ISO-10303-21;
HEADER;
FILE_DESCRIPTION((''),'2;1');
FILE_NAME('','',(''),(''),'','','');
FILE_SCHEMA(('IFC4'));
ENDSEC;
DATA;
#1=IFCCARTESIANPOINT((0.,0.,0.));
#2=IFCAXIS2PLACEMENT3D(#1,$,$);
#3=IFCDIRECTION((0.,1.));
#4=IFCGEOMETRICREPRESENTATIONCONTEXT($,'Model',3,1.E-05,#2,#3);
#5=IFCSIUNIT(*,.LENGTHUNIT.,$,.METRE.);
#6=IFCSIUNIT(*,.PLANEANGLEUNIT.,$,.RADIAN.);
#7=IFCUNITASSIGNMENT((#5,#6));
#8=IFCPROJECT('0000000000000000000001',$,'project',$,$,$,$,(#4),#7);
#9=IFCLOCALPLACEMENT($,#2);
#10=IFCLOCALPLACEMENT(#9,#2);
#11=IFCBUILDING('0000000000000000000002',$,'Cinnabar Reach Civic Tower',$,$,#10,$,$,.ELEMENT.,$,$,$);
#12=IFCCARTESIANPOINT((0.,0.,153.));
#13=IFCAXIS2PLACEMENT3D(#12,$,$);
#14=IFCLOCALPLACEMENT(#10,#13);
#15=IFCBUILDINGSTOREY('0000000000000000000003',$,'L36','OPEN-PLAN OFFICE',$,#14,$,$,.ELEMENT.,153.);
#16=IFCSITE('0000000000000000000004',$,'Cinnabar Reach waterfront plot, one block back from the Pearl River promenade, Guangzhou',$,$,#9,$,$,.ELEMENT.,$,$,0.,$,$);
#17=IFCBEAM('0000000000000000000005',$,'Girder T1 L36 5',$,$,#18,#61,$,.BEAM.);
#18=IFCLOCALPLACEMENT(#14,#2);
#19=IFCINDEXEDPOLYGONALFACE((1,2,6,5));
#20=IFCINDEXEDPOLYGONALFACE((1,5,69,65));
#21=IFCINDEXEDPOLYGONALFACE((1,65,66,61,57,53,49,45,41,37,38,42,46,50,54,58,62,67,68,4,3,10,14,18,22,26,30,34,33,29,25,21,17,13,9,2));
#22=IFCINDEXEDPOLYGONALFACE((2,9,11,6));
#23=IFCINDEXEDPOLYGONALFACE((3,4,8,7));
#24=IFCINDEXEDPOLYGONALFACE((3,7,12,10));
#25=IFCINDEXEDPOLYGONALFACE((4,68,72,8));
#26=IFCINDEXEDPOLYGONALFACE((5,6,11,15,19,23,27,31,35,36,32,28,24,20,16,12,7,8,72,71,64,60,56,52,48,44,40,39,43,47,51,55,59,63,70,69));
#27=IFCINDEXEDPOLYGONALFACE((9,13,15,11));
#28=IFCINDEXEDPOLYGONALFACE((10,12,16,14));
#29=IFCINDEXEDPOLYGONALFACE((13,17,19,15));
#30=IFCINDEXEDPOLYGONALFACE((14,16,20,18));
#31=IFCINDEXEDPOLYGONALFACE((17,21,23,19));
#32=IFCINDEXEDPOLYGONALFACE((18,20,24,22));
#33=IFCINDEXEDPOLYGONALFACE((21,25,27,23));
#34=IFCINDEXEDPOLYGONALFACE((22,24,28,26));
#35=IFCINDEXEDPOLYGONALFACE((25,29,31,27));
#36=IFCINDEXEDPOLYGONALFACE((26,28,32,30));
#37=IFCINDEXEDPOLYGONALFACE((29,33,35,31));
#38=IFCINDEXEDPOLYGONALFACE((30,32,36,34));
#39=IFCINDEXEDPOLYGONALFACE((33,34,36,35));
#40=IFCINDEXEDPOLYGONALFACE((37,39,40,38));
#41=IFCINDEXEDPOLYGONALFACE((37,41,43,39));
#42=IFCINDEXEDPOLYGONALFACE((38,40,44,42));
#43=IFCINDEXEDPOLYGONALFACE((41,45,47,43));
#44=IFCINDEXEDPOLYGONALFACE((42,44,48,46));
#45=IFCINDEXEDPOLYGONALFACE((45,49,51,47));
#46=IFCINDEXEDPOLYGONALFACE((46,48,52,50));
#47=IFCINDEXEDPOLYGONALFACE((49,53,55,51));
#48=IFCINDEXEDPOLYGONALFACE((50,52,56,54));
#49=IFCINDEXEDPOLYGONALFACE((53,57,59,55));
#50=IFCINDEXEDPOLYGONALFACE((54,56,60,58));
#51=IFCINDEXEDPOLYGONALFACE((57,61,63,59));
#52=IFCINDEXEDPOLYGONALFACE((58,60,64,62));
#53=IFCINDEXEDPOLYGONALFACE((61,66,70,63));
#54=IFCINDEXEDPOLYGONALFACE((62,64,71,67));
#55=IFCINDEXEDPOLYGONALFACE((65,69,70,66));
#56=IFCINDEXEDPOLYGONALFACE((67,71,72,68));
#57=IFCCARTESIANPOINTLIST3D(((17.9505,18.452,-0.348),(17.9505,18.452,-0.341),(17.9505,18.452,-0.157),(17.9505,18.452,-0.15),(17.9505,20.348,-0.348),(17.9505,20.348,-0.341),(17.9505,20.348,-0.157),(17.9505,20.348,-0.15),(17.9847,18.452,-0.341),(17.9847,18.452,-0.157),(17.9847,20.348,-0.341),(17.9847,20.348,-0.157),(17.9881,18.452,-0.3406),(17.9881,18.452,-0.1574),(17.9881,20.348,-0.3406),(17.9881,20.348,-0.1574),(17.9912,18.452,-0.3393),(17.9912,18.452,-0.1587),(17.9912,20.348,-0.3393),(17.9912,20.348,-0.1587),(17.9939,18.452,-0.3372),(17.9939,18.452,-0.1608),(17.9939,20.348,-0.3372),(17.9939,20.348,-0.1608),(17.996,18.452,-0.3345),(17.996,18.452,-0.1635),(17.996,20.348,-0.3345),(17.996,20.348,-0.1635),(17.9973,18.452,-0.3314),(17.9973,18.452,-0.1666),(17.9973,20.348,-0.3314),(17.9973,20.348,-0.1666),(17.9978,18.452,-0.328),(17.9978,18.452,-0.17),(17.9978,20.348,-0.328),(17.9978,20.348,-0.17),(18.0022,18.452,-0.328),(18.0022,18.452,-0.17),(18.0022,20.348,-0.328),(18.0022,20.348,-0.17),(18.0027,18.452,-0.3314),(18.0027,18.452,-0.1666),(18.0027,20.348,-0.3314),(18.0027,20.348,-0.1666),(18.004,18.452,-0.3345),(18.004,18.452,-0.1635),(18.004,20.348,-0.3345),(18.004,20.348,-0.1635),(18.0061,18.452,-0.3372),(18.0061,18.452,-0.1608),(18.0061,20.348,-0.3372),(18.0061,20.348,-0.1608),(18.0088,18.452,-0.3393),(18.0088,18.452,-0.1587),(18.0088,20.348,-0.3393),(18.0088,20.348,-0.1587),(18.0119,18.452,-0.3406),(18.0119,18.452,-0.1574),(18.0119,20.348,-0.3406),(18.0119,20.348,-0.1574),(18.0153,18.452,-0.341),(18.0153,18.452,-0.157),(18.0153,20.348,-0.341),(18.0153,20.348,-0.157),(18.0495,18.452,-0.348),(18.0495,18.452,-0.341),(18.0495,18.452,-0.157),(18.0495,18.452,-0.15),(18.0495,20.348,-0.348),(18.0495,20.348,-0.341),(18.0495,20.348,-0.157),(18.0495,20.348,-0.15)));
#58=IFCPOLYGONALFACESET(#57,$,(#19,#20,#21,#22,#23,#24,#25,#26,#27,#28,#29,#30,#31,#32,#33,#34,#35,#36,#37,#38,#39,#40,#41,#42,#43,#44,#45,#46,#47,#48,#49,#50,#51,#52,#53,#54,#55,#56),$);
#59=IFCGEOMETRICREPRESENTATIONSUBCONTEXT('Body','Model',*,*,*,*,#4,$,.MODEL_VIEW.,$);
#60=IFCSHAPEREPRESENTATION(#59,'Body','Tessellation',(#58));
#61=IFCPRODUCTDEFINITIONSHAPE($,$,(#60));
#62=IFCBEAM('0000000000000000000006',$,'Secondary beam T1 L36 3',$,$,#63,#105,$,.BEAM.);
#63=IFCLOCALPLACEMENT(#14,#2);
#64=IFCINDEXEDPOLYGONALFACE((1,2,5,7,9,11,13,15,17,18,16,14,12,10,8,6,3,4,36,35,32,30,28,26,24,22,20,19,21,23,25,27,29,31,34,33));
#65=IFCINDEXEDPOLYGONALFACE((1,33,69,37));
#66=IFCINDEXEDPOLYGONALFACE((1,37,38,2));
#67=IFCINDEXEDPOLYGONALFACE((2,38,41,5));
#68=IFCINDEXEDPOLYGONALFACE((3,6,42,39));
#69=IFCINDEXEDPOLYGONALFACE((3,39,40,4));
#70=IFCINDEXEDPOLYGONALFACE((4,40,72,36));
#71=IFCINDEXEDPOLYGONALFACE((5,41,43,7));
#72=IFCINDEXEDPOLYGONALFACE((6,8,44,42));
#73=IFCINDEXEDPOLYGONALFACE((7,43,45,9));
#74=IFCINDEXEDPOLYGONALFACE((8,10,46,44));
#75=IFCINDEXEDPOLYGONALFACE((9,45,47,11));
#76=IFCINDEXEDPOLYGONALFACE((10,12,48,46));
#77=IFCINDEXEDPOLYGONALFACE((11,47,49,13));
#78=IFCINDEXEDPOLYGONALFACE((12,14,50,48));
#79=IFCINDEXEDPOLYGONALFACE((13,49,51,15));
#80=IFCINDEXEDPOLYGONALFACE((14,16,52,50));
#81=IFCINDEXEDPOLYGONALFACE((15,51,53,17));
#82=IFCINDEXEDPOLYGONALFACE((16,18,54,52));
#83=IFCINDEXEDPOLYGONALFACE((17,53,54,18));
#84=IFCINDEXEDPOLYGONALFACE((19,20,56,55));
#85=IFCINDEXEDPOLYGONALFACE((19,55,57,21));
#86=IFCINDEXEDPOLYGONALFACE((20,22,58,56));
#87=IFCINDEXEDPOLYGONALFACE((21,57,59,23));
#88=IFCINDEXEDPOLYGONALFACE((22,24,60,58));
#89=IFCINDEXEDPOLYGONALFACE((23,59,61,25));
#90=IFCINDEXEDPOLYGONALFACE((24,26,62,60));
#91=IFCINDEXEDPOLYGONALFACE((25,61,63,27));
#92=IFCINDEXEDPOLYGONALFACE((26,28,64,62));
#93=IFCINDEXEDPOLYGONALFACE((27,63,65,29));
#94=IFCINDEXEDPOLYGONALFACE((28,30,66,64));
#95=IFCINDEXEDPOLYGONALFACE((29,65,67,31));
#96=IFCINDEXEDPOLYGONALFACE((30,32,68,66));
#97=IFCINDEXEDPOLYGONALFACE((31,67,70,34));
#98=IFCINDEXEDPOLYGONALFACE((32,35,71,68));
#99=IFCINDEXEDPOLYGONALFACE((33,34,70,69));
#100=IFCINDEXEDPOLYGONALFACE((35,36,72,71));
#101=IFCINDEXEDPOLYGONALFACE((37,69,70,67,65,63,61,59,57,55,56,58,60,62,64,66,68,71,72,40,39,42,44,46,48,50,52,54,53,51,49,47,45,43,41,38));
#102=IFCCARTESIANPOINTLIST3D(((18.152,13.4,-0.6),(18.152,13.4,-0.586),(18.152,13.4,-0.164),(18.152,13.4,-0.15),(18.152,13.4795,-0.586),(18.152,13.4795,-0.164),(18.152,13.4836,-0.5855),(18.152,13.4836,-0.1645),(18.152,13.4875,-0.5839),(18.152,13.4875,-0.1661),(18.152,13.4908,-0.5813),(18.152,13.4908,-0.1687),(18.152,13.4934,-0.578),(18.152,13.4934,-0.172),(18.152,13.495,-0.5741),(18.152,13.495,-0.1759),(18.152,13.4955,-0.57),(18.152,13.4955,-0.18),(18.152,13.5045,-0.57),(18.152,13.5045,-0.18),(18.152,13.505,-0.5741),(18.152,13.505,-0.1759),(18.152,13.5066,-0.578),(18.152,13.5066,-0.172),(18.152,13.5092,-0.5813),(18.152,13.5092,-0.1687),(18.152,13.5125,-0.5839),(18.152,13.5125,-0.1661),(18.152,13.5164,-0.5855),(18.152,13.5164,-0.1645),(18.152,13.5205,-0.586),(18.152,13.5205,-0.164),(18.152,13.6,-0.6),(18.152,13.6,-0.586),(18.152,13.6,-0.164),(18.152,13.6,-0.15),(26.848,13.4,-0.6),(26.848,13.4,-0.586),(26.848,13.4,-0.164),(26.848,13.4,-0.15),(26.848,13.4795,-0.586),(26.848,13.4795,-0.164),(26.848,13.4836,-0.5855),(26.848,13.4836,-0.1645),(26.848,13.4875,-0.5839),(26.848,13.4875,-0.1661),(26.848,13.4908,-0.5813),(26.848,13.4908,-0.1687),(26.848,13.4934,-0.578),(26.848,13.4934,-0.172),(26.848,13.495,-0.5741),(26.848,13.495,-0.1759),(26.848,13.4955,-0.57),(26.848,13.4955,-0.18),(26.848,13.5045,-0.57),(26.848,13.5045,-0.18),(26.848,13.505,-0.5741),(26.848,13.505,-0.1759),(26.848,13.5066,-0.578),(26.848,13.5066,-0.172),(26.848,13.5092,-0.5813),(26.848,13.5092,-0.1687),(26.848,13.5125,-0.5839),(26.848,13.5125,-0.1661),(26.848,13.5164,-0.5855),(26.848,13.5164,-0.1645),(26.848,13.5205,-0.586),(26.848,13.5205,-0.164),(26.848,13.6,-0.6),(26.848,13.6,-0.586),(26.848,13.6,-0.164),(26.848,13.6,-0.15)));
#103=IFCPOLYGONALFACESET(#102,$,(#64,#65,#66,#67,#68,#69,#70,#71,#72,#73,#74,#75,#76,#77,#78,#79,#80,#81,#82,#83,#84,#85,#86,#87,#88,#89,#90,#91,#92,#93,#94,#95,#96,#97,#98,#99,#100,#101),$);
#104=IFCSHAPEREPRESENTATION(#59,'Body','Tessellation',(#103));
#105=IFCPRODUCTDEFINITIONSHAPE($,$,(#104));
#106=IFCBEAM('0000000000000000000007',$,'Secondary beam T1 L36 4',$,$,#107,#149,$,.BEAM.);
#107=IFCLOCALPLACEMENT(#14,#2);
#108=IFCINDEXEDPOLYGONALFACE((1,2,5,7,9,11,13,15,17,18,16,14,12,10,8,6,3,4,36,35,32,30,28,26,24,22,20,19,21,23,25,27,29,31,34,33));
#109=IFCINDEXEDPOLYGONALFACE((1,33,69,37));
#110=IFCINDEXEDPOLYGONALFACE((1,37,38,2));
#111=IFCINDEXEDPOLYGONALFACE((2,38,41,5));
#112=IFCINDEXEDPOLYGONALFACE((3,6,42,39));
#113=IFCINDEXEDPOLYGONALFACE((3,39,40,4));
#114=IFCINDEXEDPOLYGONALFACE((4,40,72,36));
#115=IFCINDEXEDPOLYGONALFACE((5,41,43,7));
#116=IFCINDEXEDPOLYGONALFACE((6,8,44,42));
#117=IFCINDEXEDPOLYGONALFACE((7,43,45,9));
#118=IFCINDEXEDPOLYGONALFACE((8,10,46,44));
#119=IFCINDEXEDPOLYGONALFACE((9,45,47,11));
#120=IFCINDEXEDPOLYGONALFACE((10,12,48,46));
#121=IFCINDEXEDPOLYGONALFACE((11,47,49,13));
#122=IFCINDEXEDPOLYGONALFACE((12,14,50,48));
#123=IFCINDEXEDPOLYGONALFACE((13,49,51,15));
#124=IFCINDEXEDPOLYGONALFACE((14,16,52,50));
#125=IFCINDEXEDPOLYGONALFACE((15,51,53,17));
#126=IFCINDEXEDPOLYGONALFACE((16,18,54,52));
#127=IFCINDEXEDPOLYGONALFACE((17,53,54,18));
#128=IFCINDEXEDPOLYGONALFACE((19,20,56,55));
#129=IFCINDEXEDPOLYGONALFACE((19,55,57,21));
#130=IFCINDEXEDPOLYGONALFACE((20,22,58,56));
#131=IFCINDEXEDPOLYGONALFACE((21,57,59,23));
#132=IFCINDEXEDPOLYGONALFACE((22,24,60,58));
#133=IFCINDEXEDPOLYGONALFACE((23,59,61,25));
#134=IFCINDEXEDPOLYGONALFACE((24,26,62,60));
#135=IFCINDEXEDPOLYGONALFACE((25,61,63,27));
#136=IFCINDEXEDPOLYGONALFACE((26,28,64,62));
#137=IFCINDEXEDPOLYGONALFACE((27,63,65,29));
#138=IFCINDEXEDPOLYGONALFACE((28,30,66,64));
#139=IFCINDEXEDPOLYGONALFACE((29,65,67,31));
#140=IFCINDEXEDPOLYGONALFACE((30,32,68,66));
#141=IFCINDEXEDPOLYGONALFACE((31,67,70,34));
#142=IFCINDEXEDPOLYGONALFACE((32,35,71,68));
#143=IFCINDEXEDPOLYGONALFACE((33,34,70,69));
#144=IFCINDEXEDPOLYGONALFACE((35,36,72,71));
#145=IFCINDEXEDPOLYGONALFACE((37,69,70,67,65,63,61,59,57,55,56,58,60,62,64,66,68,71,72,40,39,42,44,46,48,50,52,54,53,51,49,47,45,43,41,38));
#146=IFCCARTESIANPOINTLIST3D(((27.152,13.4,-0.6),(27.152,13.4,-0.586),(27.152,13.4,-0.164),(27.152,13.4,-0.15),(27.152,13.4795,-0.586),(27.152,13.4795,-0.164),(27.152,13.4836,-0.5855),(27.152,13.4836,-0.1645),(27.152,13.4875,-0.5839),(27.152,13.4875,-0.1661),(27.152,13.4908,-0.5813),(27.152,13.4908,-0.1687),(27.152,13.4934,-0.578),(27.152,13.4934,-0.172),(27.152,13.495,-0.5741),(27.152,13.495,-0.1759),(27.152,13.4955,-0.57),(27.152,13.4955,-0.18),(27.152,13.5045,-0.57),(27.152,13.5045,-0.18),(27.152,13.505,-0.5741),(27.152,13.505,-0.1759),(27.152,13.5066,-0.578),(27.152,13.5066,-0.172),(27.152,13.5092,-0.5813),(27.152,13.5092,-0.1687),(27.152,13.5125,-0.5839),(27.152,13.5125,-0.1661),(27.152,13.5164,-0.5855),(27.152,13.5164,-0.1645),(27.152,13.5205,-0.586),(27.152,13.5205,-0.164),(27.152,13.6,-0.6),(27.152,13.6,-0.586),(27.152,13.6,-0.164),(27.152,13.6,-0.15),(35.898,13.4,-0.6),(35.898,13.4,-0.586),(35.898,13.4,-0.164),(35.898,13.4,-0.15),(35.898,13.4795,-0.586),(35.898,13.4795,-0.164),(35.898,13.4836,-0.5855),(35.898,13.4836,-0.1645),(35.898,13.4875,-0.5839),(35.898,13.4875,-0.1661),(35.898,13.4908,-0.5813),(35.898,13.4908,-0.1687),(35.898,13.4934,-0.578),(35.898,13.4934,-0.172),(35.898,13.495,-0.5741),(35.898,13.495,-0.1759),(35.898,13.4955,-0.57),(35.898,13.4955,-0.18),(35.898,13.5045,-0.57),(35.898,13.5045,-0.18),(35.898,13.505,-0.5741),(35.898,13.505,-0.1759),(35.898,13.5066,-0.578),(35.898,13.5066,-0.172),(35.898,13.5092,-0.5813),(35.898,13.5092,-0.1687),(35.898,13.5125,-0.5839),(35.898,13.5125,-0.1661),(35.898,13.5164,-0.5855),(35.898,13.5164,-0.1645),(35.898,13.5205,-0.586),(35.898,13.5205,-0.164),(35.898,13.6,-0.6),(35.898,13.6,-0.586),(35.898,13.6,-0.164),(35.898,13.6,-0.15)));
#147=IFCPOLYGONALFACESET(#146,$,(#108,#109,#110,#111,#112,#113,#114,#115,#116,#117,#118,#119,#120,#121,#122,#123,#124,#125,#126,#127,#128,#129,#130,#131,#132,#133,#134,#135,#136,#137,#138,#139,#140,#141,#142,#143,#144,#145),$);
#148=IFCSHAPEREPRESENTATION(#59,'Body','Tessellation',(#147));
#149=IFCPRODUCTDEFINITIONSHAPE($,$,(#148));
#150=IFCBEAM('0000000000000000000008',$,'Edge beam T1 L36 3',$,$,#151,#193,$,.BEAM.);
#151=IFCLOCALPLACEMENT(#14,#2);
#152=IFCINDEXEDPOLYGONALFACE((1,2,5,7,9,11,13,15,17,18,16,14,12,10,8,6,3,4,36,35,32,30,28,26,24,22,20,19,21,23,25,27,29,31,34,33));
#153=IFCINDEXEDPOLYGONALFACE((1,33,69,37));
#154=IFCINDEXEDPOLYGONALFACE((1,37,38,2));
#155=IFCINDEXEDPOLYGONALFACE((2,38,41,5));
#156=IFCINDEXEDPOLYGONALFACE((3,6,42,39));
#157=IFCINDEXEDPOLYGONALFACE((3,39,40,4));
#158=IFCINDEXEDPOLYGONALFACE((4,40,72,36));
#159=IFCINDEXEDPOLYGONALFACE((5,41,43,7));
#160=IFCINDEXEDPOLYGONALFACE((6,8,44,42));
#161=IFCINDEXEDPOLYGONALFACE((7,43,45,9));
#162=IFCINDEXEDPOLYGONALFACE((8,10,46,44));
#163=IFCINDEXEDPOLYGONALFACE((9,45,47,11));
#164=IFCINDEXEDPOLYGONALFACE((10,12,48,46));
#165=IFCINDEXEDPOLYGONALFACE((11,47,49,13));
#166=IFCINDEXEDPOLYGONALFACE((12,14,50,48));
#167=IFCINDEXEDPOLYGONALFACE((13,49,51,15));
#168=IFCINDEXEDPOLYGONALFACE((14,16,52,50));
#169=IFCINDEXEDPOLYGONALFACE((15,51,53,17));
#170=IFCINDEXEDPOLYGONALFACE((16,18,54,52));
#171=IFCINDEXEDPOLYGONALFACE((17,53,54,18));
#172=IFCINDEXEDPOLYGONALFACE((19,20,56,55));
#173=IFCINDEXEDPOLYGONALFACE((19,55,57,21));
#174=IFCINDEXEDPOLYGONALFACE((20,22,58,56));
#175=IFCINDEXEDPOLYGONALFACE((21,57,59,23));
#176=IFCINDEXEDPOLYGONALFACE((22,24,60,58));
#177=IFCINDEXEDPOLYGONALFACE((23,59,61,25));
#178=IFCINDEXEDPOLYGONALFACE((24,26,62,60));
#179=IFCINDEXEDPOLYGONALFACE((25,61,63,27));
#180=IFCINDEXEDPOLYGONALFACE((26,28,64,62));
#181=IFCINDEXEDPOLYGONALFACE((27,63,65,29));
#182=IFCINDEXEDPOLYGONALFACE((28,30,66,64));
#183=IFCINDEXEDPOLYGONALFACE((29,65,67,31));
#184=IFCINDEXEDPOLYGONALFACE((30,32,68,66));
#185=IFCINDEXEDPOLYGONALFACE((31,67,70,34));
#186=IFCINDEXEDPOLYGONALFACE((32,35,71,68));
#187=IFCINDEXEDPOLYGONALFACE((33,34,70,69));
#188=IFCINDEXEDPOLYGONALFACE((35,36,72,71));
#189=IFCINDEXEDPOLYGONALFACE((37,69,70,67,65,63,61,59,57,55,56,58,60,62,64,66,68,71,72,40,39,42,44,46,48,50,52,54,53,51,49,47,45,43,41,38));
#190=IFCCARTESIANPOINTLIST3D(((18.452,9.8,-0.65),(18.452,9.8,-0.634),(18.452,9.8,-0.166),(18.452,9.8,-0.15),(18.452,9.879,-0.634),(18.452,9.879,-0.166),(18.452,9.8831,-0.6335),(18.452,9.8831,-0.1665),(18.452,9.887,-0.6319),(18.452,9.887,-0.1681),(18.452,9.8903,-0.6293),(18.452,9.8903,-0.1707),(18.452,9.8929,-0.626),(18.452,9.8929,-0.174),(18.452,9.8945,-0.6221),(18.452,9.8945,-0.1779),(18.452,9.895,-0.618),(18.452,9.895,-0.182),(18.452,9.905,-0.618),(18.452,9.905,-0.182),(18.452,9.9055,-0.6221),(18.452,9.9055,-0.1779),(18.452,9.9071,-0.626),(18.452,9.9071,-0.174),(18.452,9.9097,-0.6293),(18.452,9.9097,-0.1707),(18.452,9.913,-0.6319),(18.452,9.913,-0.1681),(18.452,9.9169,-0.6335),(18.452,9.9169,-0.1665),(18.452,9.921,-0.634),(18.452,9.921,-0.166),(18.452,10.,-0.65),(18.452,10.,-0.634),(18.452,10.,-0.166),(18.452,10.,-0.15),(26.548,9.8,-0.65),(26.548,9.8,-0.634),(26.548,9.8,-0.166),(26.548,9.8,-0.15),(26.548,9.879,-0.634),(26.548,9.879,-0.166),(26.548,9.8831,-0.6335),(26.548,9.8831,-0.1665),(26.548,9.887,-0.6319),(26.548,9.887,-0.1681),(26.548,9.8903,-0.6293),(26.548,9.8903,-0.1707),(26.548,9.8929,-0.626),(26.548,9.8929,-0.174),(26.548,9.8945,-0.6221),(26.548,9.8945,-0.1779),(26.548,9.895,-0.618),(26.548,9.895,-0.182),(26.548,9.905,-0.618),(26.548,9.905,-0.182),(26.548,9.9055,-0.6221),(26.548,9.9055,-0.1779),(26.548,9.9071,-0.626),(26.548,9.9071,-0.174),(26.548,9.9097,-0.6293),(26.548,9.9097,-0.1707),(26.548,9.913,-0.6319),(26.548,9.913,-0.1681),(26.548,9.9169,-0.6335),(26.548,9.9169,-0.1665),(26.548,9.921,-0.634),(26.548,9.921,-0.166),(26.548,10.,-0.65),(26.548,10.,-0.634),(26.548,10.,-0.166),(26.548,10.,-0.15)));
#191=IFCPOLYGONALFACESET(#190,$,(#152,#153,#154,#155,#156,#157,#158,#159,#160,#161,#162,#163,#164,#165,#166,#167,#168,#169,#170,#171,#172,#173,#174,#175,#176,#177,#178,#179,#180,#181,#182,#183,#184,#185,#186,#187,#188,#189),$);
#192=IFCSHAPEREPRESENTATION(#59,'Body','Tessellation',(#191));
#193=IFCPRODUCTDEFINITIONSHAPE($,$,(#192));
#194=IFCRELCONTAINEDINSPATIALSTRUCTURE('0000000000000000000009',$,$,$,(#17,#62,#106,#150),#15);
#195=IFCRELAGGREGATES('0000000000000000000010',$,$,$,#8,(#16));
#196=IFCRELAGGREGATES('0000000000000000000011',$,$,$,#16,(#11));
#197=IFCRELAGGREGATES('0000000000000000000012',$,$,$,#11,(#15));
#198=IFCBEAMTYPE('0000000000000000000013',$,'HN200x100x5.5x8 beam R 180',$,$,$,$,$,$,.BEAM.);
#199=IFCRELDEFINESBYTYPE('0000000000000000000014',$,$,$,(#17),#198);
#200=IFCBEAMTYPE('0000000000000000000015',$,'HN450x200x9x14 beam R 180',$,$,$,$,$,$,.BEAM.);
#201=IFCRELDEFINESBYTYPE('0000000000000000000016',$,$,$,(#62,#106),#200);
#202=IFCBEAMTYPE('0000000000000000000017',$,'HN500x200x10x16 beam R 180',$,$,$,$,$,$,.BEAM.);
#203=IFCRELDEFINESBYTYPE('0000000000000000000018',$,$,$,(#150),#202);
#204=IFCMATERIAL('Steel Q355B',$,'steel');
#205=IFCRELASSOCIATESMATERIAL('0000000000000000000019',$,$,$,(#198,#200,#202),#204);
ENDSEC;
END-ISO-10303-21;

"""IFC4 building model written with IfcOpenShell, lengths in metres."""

from ifc_helpers import new_model, si_unit, direction, frame, origin, origin_2d, place, context, subcontext, project, spatial, i_section, extrude, material, material_profile, profile_set, type_object, element, save


model = new_model("IFC4")

# Units and contexts
model_context = context("Model", 3, precision=1e-05, world=origin(), true_north=direction((0.0, 1.0)))
body_context = subcontext(model_context, "Body", "Model", "MODEL_VIEW")
ifc_project = project(units=[si_unit("LENGTHUNIT", "METRE"), si_unit("PLANEANGLEUNIT", "RADIAN")], contexts=[model_context])

# Site, building, storey
site_placement = place(None, origin())
site = spatial("IfcSite", under=ifc_project, at=site_placement, Name="Cinnabar Reach waterfront plot, one block back from the Pearl River promenade, Guangzhou", CompositionType="ELEMENT", RefElevation=0.0)
building_placement = place(site_placement, origin())
building = spatial("IfcBuilding", under=site, at=building_placement, Name="Cinnabar Reach Civic Tower", CompositionType="ELEMENT")
storey_placement = place(building_placement, frame((0.0, 0.0, 153.0)))
storey = spatial("IfcBuildingStorey", under=building, at=storey_placement, Name="L36", Description="OPEN-PLAN OFFICE", CompositionType="ELEMENT", Elevation=153.0)

# Beams
ifc_material_1 = material(Name="Steel Q355B", Category="steel")
ifc_material_profile_1 = material_profile(ifc_material_1, i_section(OverallWidth=0.099, OverallDepth=0.198, WebThickness=0.0045, FlangeThickness=0.007, FilletRadius=0.013, at=origin_2d()), Name="HN200x100x5.5x8")
ifc_profile_set_1 = profile_set([ifc_material_profile_1], Name="Steel Q355B")
beam_type_1 = type_object("IfcBeamType", Name="HN200x100x5.5x8 beam R 180", PredefinedType="BEAM", material=ifc_profile_set_1)
beam_1_placement = place(storey_placement, frame((18.0, 18.452, -0.249), z_axis=(0.0, 1.0, 0.0), x_axis=(-1.0, 0.0, 0.0)))
element("IfcBeam", 1, at=beam_1_placement, inside=storey, type_object=beam_type_1, Name="Girder T1 L36 5", PredefinedType="BEAM", context=body_context, shape_type="SweptSolid", body=[
    extrude(i_section(OverallWidth=0.099, OverallDepth=0.198, WebThickness=0.0045, FlangeThickness=0.007, FilletRadius=0.013, at=origin_2d()), origin(), (0.0, 0.0, 1.0), 1.896),
])
ifc_material_profile_2 = material_profile(ifc_material_1, i_section(OverallWidth=0.2, OverallDepth=0.45, WebThickness=0.009, FlangeThickness=0.014, FilletRadius=0.016, at=origin_2d()), Name="HN450x200x9x14")
ifc_profile_set_2 = profile_set([ifc_material_profile_2], Name="Steel Q355B")
beam_type_2 = type_object("IfcBeamType", Name="HN450x200x9x14 beam R 180", PredefinedType="BEAM", material=ifc_profile_set_2)
beam_2_placement = place(storey_placement, frame((18.152, 13.5, -0.375), z_axis=(1.0, 0.0, 0.0), x_axis=(0.0, 1.0, 0.0)))
element("IfcBeam", 2, at=beam_2_placement, inside=storey, type_object=beam_type_2, Name="Secondary beam T1 L36 3", PredefinedType="BEAM", context=body_context, shape_type="SweptSolid", body=[
    extrude(i_section(OverallWidth=0.2, OverallDepth=0.45, WebThickness=0.009, FlangeThickness=0.014, FilletRadius=0.016, at=origin_2d()), origin(), (0.0, 0.0, 1.0), 8.696),
])
beam_3_placement = place(storey_placement, frame((27.152, 13.5, -0.375), z_axis=(1.0, 0.0, 0.0), x_axis=(0.0, 1.0, 0.0)))
element("IfcBeam", 3, at=beam_3_placement, inside=storey, type_object=beam_type_2, Name="Secondary beam T1 L36 4", PredefinedType="BEAM", context=body_context, shape_type="SweptSolid", body=[
    extrude(i_section(OverallWidth=0.2, OverallDepth=0.45, WebThickness=0.009, FlangeThickness=0.014, FilletRadius=0.016, at=origin_2d()), origin(), (0.0, 0.0, 1.0), 8.746),
])
ifc_material_profile_3 = material_profile(ifc_material_1, i_section(OverallWidth=0.2, OverallDepth=0.5, WebThickness=0.01, FlangeThickness=0.016, FilletRadius=0.016, at=origin_2d()), Name="HN500x200x10x16")
ifc_profile_set_3 = profile_set([ifc_material_profile_3], Name="Steel Q355B")
beam_type_3 = type_object("IfcBeamType", Name="HN500x200x10x16 beam R 180", PredefinedType="BEAM", material=ifc_profile_set_3)
beam_4_placement = place(storey_placement, frame((18.452, 9.9, -0.4), z_axis=(1.0, 0.0, 0.0), x_axis=(0.0, 1.0, 0.0)))
element("IfcBeam", 4, at=beam_4_placement, inside=storey, type_object=beam_type_3, Name="Edge beam T1 L36 3", PredefinedType="BEAM", context=body_context, shape_type="SweptSolid", body=[
    extrude(i_section(OverallWidth=0.2, OverallDepth=0.5, WebThickness=0.01, FlangeThickness=0.016, FilletRadius=0.016, at=origin_2d()), origin(), (0.0, 0.0, 1.0), 8.096),
])

save(model, "model.ifc")
